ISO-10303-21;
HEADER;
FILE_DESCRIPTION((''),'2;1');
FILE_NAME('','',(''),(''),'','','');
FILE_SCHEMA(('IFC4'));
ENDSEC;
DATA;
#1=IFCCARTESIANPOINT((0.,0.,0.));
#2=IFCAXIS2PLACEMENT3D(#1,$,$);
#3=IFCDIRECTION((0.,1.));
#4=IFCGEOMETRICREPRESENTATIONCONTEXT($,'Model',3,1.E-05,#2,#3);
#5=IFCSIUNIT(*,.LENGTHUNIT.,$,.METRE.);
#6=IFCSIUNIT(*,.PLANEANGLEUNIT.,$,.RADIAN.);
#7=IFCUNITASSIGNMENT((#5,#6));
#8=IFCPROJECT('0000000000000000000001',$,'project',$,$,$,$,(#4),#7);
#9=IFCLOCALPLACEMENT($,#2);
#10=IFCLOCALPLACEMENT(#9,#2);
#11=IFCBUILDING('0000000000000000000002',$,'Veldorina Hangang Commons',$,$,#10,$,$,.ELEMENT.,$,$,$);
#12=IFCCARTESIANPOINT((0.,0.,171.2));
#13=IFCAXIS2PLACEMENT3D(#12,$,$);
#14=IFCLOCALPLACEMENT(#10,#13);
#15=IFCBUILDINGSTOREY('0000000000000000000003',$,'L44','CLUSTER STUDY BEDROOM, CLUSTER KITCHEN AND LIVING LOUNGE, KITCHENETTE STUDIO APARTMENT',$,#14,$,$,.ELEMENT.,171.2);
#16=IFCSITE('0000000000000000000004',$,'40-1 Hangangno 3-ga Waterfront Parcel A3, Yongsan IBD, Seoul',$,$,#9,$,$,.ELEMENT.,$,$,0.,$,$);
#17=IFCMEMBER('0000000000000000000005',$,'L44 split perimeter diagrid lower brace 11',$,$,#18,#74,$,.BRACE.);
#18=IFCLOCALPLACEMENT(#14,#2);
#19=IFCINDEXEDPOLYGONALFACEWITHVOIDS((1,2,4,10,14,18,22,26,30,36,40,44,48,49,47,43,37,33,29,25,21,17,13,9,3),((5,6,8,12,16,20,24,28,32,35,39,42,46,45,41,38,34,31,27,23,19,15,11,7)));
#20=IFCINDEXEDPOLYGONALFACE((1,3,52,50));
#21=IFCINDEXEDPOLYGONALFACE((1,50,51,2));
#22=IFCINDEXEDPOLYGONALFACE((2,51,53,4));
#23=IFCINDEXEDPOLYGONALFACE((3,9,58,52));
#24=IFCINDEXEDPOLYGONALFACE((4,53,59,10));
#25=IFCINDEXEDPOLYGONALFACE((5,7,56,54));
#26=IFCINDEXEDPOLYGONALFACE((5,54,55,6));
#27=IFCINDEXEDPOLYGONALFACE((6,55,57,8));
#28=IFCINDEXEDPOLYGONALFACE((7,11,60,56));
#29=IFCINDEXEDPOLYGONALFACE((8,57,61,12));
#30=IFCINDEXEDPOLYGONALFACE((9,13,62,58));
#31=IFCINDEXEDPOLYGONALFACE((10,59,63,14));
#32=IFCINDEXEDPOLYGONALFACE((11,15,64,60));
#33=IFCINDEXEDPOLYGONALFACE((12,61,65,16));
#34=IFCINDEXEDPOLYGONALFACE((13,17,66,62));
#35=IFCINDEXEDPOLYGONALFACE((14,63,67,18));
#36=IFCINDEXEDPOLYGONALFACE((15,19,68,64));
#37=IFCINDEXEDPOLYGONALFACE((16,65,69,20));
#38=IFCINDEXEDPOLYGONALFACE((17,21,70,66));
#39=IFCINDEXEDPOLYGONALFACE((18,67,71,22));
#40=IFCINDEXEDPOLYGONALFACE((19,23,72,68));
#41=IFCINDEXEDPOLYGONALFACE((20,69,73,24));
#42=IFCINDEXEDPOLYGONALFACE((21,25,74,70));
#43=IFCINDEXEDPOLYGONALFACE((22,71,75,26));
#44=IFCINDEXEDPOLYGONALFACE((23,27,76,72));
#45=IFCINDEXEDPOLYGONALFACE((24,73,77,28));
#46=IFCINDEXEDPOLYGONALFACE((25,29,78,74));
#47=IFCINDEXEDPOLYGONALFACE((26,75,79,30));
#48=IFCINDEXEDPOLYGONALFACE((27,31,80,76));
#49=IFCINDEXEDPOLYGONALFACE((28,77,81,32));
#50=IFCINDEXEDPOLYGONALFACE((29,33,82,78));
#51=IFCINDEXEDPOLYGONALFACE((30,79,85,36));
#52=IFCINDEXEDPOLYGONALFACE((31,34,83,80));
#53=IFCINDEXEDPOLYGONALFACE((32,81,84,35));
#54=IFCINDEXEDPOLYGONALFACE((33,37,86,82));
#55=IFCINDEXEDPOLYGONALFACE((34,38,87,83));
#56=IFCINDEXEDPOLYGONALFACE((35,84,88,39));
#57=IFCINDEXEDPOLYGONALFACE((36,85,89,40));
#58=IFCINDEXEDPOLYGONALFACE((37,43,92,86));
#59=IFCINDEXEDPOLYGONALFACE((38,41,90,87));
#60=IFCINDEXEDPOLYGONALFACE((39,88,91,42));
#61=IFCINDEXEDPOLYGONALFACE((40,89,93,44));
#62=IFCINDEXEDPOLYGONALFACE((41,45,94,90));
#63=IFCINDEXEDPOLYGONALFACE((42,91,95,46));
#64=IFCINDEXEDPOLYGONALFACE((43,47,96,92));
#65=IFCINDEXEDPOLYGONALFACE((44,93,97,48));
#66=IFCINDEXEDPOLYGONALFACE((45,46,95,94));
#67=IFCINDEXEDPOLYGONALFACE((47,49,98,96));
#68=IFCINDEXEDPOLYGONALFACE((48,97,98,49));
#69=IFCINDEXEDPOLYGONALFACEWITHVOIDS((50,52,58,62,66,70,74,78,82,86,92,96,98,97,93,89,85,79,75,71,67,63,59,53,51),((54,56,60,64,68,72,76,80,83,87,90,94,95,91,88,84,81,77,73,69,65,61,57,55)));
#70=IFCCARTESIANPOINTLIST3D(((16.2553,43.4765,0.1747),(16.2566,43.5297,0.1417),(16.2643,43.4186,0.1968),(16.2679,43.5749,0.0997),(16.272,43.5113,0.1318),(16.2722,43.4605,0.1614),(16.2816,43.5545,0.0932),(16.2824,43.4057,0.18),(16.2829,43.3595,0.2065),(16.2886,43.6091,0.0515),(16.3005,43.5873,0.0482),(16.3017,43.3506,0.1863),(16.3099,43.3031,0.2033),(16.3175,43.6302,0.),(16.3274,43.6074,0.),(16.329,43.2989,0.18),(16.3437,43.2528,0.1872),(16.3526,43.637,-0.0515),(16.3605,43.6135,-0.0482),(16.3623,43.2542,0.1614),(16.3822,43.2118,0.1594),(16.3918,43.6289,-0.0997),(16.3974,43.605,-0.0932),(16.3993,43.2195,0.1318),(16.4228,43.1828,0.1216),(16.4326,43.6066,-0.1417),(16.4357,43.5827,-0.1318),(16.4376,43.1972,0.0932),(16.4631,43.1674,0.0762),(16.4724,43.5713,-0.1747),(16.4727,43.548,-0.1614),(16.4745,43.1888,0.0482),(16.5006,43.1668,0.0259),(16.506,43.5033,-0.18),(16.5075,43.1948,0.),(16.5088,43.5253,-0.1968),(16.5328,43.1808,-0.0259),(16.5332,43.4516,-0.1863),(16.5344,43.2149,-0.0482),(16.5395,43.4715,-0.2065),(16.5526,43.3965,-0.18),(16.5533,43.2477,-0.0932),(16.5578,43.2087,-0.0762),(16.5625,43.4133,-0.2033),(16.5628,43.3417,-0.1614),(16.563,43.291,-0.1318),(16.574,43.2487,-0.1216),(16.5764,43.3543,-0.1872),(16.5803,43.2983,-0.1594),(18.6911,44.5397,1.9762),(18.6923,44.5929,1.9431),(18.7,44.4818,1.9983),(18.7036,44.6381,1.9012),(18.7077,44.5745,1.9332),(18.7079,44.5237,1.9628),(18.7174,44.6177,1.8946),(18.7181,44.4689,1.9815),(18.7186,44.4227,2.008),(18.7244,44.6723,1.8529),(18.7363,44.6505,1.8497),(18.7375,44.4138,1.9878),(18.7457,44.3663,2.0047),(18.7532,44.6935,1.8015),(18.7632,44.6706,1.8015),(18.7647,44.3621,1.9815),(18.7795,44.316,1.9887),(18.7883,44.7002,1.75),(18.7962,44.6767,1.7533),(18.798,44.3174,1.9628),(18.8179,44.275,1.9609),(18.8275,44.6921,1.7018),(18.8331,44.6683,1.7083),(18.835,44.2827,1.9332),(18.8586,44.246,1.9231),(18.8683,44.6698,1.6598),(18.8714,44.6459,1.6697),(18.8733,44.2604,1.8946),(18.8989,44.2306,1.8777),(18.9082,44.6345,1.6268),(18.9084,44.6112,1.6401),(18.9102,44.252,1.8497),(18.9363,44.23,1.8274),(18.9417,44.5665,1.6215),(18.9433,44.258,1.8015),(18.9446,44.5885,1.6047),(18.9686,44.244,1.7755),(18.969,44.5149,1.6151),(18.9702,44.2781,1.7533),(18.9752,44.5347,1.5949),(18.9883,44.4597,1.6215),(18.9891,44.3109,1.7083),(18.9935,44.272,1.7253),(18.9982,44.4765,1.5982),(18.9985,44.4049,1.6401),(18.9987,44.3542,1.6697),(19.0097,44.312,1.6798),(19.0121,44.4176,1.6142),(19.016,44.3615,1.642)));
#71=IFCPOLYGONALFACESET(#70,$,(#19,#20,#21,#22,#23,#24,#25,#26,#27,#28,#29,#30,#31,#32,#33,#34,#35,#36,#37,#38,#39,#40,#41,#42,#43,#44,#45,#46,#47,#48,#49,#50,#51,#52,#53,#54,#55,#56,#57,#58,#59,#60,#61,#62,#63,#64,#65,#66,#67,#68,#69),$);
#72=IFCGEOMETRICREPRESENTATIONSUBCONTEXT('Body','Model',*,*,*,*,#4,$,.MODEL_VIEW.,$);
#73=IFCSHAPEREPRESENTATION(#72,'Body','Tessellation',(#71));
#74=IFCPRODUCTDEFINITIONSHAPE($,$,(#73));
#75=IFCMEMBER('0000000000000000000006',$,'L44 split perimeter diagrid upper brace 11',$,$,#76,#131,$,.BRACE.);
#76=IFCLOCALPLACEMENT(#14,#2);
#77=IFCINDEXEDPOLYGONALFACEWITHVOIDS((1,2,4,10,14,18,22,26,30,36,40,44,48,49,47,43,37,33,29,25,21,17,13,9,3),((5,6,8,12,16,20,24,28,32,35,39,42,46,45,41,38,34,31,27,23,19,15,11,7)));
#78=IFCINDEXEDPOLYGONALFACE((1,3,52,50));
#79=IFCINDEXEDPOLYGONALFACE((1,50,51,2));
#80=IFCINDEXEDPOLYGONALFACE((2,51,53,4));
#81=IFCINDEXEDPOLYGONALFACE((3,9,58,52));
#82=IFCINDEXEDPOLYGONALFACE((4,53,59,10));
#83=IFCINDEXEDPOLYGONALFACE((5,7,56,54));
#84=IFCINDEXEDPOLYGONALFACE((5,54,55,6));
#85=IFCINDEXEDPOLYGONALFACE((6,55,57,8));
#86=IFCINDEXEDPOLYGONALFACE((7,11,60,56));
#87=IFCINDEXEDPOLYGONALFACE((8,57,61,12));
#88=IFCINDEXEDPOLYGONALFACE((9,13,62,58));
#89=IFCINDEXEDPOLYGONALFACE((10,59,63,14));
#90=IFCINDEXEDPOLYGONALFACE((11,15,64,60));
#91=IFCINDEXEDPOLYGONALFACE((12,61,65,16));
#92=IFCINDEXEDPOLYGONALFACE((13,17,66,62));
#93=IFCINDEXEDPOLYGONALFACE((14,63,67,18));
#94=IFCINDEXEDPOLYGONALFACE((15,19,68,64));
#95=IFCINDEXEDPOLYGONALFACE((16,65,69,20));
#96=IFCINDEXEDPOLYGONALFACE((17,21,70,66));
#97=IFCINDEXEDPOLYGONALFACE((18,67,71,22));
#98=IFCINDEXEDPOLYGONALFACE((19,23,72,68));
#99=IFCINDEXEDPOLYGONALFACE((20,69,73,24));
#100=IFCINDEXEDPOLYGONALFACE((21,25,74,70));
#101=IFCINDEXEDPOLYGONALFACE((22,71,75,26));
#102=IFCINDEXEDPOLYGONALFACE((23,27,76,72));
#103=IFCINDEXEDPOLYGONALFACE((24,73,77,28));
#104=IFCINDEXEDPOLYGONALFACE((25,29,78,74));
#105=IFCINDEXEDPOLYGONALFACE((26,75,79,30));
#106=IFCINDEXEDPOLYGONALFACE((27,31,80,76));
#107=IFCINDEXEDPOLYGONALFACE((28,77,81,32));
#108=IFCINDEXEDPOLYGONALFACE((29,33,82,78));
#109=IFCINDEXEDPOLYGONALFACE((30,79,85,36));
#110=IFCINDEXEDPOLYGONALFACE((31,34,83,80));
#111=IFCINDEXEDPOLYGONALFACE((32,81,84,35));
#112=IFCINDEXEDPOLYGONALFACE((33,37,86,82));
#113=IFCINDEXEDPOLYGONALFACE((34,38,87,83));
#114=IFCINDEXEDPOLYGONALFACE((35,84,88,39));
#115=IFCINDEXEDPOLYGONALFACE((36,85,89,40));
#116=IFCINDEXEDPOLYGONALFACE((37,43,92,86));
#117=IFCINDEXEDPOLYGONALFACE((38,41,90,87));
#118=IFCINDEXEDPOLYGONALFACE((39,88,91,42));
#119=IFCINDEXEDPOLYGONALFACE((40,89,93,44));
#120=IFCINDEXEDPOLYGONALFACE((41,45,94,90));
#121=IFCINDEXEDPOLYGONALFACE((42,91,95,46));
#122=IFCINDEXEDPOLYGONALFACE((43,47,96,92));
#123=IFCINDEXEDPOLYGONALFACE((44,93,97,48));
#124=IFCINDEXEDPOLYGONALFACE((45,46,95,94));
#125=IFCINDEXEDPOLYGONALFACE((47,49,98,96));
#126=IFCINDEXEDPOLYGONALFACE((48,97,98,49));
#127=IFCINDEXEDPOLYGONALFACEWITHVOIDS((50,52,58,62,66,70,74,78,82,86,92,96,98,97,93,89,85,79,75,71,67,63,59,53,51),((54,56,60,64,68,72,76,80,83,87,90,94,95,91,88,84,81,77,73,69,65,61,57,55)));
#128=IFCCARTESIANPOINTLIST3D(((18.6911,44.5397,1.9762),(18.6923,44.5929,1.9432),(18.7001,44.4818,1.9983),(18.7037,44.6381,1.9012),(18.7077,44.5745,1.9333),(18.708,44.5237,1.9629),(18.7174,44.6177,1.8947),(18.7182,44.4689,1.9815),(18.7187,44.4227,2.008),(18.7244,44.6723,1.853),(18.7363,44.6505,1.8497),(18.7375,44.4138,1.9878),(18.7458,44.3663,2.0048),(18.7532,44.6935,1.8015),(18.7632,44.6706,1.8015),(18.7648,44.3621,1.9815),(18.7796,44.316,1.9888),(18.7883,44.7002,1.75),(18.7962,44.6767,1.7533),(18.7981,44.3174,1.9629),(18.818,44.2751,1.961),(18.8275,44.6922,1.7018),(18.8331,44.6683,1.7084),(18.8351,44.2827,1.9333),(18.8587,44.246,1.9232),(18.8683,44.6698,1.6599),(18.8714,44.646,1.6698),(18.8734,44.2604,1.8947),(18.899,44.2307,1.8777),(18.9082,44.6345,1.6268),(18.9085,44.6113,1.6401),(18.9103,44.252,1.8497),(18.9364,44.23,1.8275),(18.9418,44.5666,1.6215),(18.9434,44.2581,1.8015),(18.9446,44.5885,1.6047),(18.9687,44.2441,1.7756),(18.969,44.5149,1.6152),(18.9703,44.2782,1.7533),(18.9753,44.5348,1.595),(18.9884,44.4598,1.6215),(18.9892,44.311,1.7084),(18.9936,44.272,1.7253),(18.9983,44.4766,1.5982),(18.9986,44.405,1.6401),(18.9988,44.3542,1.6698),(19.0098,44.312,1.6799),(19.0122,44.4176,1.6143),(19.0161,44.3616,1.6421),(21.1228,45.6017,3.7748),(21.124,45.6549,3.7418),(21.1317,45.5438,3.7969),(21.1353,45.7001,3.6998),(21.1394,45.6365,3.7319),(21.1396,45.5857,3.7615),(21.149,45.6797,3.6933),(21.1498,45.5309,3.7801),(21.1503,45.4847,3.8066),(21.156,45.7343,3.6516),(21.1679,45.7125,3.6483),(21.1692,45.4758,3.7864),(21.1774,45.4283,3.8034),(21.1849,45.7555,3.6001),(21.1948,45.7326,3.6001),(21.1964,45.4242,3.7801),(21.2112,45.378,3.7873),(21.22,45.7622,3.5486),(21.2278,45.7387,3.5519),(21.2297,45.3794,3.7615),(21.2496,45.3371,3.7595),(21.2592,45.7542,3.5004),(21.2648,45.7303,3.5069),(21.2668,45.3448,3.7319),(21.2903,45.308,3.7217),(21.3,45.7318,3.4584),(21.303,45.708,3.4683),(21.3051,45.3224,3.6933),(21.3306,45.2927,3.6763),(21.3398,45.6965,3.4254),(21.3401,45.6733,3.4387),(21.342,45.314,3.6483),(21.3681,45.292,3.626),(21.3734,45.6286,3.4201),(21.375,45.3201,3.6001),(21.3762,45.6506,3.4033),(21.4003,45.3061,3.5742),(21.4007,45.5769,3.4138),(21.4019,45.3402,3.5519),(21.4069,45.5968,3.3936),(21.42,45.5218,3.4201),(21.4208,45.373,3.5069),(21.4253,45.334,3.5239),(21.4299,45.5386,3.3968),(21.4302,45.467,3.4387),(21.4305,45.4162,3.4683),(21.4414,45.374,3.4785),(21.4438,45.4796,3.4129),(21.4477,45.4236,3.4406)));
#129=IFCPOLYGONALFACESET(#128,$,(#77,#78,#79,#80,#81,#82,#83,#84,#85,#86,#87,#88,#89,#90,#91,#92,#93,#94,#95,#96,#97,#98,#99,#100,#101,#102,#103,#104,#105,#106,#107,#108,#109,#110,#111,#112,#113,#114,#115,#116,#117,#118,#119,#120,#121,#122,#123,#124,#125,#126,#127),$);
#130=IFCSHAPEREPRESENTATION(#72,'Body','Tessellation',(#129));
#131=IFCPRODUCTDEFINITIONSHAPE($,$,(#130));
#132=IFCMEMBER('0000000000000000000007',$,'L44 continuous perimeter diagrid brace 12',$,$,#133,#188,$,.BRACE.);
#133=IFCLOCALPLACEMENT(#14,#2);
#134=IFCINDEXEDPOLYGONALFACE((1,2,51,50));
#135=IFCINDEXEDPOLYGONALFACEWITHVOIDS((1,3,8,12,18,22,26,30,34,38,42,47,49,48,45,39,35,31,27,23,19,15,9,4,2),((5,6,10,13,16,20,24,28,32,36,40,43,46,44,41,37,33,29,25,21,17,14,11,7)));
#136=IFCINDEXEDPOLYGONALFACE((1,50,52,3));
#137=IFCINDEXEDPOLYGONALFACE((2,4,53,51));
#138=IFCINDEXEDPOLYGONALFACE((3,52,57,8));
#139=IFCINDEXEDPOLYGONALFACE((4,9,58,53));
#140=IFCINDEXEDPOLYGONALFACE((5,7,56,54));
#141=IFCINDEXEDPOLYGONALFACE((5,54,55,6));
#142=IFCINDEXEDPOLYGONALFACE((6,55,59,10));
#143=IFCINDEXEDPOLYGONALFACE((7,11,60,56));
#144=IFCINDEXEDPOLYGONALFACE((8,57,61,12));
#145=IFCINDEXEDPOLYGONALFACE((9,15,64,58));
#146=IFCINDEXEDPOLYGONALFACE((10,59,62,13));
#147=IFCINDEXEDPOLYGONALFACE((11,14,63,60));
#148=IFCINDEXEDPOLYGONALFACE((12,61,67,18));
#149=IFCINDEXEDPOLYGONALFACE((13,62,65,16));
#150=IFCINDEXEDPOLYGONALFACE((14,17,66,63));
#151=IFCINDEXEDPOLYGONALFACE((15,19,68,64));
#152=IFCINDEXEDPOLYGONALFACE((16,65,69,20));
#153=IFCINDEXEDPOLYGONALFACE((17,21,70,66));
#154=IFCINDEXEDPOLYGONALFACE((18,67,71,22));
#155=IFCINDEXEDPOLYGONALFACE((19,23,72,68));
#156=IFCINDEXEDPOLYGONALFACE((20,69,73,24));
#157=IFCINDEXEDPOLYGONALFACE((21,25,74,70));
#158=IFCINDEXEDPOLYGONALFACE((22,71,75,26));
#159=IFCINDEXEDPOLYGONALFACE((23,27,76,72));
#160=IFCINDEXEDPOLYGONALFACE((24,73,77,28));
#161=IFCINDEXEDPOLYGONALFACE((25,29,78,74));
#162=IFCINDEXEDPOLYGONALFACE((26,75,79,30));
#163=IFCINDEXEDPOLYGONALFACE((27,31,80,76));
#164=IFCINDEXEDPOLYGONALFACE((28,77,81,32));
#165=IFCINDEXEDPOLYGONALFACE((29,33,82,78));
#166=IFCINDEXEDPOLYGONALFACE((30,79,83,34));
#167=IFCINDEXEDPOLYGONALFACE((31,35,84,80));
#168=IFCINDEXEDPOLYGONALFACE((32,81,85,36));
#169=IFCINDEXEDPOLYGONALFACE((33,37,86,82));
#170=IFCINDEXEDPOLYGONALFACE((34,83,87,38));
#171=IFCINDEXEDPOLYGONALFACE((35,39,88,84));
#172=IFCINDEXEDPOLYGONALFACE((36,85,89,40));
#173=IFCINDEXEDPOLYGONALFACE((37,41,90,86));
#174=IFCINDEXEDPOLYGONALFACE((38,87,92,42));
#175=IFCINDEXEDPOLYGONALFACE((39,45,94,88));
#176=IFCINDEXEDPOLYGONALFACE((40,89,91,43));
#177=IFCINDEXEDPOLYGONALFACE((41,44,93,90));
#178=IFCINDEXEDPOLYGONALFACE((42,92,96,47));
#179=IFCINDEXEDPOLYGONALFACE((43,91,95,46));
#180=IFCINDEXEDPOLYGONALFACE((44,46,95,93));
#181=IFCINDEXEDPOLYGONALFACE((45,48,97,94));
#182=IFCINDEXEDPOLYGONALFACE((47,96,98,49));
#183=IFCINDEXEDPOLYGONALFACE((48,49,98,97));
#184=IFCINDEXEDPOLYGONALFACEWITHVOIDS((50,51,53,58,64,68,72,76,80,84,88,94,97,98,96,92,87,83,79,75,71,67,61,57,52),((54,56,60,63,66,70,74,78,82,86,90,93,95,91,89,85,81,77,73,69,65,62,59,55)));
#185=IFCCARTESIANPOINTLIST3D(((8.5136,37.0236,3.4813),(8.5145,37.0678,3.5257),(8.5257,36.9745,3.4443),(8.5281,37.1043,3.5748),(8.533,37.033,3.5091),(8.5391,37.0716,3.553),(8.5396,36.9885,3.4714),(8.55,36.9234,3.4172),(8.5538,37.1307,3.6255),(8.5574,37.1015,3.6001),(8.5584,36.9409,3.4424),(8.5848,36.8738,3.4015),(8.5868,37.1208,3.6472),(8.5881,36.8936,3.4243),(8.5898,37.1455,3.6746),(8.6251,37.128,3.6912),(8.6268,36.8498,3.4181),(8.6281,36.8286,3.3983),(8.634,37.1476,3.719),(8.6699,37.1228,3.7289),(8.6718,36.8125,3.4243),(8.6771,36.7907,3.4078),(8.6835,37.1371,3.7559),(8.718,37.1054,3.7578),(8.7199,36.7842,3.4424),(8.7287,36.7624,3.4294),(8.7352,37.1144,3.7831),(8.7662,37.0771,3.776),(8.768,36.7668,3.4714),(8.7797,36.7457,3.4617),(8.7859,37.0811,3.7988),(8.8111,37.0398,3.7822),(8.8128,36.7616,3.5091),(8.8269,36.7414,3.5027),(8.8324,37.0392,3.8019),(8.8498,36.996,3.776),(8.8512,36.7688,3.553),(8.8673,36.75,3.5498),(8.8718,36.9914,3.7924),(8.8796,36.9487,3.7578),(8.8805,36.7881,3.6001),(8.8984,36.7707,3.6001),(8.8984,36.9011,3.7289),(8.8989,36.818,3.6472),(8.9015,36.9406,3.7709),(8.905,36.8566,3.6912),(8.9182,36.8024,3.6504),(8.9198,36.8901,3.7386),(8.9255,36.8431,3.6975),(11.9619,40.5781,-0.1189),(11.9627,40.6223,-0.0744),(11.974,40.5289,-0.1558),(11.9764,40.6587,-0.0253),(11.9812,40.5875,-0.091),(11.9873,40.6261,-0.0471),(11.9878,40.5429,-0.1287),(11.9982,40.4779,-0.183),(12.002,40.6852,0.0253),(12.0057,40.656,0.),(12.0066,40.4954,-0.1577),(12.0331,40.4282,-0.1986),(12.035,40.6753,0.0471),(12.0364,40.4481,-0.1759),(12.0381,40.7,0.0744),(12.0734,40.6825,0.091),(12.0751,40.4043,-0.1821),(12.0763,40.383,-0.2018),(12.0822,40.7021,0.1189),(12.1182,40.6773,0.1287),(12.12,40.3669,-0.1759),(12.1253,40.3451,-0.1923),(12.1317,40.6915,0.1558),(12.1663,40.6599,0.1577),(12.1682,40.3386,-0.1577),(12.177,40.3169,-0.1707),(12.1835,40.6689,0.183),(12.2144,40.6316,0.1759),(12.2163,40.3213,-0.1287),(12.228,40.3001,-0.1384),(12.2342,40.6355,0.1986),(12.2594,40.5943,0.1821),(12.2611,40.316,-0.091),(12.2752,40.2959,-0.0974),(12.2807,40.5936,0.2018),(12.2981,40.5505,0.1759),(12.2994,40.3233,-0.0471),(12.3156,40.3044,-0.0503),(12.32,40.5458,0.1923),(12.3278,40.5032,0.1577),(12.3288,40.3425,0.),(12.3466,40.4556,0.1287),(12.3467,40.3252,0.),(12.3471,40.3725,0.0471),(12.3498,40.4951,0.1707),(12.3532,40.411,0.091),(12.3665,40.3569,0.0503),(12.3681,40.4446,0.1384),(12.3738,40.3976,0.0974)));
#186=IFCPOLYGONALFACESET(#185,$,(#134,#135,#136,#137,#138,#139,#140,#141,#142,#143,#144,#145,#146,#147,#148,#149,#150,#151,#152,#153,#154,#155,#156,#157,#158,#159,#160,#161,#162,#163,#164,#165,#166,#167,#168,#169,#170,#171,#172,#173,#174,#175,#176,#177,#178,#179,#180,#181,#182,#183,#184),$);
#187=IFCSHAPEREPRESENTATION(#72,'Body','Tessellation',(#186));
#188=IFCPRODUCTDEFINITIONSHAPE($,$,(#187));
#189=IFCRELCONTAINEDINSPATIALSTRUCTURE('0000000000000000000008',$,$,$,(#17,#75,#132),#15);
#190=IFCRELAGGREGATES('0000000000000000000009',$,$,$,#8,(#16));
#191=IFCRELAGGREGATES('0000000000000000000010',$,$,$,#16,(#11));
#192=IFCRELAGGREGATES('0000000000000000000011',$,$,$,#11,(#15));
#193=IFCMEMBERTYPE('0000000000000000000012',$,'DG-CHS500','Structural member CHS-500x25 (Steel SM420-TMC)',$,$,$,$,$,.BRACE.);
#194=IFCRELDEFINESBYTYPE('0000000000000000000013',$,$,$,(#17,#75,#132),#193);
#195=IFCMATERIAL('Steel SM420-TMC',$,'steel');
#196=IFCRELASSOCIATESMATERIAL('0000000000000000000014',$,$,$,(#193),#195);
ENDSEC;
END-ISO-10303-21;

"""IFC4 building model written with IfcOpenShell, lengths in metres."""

from ifc_helpers import new_model, si_unit, direction, frame, origin, origin_2d, place, context, subcontext, project, spatial, hollow_circle, extrude, material, material_profile, profile_set, type_object, element, save


model = new_model("IFC4")

# Units and contexts
model_context = context("Model", 3, precision=1e-05, world=origin(), true_north=direction((0.0, 1.0)))
body_context = subcontext(model_context, "Body", "Model", "MODEL_VIEW")
ifc_project = project(units=[si_unit("LENGTHUNIT", "METRE"), si_unit("PLANEANGLEUNIT", "RADIAN")], contexts=[model_context])

# Site, building, storey
site_placement = place(None, origin())
site = spatial("IfcSite", under=ifc_project, at=site_placement, Name="40-1 Hangangno 3-ga Waterfront Parcel A3, Yongsan IBD, Seoul", CompositionType="ELEMENT", RefElevation=0.0)
building_placement = place(site_placement, origin())
building = spatial("IfcBuilding", under=site, at=building_placement, Name="Veldorina Hangang Commons", CompositionType="ELEMENT")
storey_placement = place(building_placement, frame((0.0, 0.0, 171.2)))
storey = spatial("IfcBuildingStorey", under=building, at=storey_placement, Name="L44", Description="CLUSTER STUDY BEDROOM, CLUSTER KITCHEN AND LIVING LOUNGE, KITCHENETTE STUDIO APARTMENT", CompositionType="ELEMENT", Elevation=171.2)

# Shared definitions
ifc_material_1 = material(Name="Steel SM420-TMC", Category="steel")

# Members
ifc_material_profile_1 = material_profile(ifc_material_1, hollow_circle(Radius=0.25, WallThickness=0.0249, at=origin_2d()), Name="CHS-500x25")
ifc_profile_set_1 = profile_set([ifc_material_profile_1], Name="Steel SM420-TMC")
member_type = type_object("IfcMemberType", Name="DG-CHS500", Description="Structural member CHS-500x25 (Steel SM420-TMC)", PredefinedType="BRACE", material=ifc_profile_set_1)
member_1_placement = place(storey_placement, frame((16.4175, 43.4011, 0.0), z_axis=(0.758633, 0.331146, 0.561086), x_axis=(-0.400052, 0.916492, 0.0)))
element("IfcMember", 1, at=member_1_placement, inside=storey, type_object=member_type, Name="L44 split perimeter diagrid lower brace 11", PredefinedType="BRACE", context=body_context, shape_type="SweptSolid", body=[
    extrude(hollow_circle(Radius=0.25, WallThickness=0.0249, at=origin_2d()), origin(), (0.0, 0.0, 1.0), 3.2107),
])
member_2_placement = place(storey_placement, frame((18.8533, 44.4644, 1.8015), z_axis=(0.758568, 0.331302, 0.561082), x_axis=(-0.40024, 0.916411, 0.0)))
element("IfcMember", 2, at=member_2_placement, inside=storey, type_object=member_type, Name="L44 split perimeter diagrid upper brace 11", PredefinedType="BRACE", context=body_context, shape_type="SweptSolid", body=[
    extrude(hollow_circle(Radius=0.25, WallThickness=0.0249, at=origin_2d()), origin(), (0.0, 0.0, 1.0), 3.2056),
])
member_3_placement = place(storey_placement, frame((12.1672, 40.4993, 0.0), z_axis=(-0.563207, -0.580553, 0.58801), x_axis=(0.717748, -0.696303, 0.0)))
element("IfcMember", 3, at=member_3_placement, inside=storey, type_object=member_type, Name="L44 continuous perimeter diagrid brace 12", PredefinedType="BRACE", context=body_context, shape_type="SweptSolid", body=[
    extrude(hollow_circle(Radius=0.25, WallThickness=0.0249, at=origin_2d()), origin(), (0.0, 0.0, 1.0), 6.1226),
])

save(model, "model.ifc")
